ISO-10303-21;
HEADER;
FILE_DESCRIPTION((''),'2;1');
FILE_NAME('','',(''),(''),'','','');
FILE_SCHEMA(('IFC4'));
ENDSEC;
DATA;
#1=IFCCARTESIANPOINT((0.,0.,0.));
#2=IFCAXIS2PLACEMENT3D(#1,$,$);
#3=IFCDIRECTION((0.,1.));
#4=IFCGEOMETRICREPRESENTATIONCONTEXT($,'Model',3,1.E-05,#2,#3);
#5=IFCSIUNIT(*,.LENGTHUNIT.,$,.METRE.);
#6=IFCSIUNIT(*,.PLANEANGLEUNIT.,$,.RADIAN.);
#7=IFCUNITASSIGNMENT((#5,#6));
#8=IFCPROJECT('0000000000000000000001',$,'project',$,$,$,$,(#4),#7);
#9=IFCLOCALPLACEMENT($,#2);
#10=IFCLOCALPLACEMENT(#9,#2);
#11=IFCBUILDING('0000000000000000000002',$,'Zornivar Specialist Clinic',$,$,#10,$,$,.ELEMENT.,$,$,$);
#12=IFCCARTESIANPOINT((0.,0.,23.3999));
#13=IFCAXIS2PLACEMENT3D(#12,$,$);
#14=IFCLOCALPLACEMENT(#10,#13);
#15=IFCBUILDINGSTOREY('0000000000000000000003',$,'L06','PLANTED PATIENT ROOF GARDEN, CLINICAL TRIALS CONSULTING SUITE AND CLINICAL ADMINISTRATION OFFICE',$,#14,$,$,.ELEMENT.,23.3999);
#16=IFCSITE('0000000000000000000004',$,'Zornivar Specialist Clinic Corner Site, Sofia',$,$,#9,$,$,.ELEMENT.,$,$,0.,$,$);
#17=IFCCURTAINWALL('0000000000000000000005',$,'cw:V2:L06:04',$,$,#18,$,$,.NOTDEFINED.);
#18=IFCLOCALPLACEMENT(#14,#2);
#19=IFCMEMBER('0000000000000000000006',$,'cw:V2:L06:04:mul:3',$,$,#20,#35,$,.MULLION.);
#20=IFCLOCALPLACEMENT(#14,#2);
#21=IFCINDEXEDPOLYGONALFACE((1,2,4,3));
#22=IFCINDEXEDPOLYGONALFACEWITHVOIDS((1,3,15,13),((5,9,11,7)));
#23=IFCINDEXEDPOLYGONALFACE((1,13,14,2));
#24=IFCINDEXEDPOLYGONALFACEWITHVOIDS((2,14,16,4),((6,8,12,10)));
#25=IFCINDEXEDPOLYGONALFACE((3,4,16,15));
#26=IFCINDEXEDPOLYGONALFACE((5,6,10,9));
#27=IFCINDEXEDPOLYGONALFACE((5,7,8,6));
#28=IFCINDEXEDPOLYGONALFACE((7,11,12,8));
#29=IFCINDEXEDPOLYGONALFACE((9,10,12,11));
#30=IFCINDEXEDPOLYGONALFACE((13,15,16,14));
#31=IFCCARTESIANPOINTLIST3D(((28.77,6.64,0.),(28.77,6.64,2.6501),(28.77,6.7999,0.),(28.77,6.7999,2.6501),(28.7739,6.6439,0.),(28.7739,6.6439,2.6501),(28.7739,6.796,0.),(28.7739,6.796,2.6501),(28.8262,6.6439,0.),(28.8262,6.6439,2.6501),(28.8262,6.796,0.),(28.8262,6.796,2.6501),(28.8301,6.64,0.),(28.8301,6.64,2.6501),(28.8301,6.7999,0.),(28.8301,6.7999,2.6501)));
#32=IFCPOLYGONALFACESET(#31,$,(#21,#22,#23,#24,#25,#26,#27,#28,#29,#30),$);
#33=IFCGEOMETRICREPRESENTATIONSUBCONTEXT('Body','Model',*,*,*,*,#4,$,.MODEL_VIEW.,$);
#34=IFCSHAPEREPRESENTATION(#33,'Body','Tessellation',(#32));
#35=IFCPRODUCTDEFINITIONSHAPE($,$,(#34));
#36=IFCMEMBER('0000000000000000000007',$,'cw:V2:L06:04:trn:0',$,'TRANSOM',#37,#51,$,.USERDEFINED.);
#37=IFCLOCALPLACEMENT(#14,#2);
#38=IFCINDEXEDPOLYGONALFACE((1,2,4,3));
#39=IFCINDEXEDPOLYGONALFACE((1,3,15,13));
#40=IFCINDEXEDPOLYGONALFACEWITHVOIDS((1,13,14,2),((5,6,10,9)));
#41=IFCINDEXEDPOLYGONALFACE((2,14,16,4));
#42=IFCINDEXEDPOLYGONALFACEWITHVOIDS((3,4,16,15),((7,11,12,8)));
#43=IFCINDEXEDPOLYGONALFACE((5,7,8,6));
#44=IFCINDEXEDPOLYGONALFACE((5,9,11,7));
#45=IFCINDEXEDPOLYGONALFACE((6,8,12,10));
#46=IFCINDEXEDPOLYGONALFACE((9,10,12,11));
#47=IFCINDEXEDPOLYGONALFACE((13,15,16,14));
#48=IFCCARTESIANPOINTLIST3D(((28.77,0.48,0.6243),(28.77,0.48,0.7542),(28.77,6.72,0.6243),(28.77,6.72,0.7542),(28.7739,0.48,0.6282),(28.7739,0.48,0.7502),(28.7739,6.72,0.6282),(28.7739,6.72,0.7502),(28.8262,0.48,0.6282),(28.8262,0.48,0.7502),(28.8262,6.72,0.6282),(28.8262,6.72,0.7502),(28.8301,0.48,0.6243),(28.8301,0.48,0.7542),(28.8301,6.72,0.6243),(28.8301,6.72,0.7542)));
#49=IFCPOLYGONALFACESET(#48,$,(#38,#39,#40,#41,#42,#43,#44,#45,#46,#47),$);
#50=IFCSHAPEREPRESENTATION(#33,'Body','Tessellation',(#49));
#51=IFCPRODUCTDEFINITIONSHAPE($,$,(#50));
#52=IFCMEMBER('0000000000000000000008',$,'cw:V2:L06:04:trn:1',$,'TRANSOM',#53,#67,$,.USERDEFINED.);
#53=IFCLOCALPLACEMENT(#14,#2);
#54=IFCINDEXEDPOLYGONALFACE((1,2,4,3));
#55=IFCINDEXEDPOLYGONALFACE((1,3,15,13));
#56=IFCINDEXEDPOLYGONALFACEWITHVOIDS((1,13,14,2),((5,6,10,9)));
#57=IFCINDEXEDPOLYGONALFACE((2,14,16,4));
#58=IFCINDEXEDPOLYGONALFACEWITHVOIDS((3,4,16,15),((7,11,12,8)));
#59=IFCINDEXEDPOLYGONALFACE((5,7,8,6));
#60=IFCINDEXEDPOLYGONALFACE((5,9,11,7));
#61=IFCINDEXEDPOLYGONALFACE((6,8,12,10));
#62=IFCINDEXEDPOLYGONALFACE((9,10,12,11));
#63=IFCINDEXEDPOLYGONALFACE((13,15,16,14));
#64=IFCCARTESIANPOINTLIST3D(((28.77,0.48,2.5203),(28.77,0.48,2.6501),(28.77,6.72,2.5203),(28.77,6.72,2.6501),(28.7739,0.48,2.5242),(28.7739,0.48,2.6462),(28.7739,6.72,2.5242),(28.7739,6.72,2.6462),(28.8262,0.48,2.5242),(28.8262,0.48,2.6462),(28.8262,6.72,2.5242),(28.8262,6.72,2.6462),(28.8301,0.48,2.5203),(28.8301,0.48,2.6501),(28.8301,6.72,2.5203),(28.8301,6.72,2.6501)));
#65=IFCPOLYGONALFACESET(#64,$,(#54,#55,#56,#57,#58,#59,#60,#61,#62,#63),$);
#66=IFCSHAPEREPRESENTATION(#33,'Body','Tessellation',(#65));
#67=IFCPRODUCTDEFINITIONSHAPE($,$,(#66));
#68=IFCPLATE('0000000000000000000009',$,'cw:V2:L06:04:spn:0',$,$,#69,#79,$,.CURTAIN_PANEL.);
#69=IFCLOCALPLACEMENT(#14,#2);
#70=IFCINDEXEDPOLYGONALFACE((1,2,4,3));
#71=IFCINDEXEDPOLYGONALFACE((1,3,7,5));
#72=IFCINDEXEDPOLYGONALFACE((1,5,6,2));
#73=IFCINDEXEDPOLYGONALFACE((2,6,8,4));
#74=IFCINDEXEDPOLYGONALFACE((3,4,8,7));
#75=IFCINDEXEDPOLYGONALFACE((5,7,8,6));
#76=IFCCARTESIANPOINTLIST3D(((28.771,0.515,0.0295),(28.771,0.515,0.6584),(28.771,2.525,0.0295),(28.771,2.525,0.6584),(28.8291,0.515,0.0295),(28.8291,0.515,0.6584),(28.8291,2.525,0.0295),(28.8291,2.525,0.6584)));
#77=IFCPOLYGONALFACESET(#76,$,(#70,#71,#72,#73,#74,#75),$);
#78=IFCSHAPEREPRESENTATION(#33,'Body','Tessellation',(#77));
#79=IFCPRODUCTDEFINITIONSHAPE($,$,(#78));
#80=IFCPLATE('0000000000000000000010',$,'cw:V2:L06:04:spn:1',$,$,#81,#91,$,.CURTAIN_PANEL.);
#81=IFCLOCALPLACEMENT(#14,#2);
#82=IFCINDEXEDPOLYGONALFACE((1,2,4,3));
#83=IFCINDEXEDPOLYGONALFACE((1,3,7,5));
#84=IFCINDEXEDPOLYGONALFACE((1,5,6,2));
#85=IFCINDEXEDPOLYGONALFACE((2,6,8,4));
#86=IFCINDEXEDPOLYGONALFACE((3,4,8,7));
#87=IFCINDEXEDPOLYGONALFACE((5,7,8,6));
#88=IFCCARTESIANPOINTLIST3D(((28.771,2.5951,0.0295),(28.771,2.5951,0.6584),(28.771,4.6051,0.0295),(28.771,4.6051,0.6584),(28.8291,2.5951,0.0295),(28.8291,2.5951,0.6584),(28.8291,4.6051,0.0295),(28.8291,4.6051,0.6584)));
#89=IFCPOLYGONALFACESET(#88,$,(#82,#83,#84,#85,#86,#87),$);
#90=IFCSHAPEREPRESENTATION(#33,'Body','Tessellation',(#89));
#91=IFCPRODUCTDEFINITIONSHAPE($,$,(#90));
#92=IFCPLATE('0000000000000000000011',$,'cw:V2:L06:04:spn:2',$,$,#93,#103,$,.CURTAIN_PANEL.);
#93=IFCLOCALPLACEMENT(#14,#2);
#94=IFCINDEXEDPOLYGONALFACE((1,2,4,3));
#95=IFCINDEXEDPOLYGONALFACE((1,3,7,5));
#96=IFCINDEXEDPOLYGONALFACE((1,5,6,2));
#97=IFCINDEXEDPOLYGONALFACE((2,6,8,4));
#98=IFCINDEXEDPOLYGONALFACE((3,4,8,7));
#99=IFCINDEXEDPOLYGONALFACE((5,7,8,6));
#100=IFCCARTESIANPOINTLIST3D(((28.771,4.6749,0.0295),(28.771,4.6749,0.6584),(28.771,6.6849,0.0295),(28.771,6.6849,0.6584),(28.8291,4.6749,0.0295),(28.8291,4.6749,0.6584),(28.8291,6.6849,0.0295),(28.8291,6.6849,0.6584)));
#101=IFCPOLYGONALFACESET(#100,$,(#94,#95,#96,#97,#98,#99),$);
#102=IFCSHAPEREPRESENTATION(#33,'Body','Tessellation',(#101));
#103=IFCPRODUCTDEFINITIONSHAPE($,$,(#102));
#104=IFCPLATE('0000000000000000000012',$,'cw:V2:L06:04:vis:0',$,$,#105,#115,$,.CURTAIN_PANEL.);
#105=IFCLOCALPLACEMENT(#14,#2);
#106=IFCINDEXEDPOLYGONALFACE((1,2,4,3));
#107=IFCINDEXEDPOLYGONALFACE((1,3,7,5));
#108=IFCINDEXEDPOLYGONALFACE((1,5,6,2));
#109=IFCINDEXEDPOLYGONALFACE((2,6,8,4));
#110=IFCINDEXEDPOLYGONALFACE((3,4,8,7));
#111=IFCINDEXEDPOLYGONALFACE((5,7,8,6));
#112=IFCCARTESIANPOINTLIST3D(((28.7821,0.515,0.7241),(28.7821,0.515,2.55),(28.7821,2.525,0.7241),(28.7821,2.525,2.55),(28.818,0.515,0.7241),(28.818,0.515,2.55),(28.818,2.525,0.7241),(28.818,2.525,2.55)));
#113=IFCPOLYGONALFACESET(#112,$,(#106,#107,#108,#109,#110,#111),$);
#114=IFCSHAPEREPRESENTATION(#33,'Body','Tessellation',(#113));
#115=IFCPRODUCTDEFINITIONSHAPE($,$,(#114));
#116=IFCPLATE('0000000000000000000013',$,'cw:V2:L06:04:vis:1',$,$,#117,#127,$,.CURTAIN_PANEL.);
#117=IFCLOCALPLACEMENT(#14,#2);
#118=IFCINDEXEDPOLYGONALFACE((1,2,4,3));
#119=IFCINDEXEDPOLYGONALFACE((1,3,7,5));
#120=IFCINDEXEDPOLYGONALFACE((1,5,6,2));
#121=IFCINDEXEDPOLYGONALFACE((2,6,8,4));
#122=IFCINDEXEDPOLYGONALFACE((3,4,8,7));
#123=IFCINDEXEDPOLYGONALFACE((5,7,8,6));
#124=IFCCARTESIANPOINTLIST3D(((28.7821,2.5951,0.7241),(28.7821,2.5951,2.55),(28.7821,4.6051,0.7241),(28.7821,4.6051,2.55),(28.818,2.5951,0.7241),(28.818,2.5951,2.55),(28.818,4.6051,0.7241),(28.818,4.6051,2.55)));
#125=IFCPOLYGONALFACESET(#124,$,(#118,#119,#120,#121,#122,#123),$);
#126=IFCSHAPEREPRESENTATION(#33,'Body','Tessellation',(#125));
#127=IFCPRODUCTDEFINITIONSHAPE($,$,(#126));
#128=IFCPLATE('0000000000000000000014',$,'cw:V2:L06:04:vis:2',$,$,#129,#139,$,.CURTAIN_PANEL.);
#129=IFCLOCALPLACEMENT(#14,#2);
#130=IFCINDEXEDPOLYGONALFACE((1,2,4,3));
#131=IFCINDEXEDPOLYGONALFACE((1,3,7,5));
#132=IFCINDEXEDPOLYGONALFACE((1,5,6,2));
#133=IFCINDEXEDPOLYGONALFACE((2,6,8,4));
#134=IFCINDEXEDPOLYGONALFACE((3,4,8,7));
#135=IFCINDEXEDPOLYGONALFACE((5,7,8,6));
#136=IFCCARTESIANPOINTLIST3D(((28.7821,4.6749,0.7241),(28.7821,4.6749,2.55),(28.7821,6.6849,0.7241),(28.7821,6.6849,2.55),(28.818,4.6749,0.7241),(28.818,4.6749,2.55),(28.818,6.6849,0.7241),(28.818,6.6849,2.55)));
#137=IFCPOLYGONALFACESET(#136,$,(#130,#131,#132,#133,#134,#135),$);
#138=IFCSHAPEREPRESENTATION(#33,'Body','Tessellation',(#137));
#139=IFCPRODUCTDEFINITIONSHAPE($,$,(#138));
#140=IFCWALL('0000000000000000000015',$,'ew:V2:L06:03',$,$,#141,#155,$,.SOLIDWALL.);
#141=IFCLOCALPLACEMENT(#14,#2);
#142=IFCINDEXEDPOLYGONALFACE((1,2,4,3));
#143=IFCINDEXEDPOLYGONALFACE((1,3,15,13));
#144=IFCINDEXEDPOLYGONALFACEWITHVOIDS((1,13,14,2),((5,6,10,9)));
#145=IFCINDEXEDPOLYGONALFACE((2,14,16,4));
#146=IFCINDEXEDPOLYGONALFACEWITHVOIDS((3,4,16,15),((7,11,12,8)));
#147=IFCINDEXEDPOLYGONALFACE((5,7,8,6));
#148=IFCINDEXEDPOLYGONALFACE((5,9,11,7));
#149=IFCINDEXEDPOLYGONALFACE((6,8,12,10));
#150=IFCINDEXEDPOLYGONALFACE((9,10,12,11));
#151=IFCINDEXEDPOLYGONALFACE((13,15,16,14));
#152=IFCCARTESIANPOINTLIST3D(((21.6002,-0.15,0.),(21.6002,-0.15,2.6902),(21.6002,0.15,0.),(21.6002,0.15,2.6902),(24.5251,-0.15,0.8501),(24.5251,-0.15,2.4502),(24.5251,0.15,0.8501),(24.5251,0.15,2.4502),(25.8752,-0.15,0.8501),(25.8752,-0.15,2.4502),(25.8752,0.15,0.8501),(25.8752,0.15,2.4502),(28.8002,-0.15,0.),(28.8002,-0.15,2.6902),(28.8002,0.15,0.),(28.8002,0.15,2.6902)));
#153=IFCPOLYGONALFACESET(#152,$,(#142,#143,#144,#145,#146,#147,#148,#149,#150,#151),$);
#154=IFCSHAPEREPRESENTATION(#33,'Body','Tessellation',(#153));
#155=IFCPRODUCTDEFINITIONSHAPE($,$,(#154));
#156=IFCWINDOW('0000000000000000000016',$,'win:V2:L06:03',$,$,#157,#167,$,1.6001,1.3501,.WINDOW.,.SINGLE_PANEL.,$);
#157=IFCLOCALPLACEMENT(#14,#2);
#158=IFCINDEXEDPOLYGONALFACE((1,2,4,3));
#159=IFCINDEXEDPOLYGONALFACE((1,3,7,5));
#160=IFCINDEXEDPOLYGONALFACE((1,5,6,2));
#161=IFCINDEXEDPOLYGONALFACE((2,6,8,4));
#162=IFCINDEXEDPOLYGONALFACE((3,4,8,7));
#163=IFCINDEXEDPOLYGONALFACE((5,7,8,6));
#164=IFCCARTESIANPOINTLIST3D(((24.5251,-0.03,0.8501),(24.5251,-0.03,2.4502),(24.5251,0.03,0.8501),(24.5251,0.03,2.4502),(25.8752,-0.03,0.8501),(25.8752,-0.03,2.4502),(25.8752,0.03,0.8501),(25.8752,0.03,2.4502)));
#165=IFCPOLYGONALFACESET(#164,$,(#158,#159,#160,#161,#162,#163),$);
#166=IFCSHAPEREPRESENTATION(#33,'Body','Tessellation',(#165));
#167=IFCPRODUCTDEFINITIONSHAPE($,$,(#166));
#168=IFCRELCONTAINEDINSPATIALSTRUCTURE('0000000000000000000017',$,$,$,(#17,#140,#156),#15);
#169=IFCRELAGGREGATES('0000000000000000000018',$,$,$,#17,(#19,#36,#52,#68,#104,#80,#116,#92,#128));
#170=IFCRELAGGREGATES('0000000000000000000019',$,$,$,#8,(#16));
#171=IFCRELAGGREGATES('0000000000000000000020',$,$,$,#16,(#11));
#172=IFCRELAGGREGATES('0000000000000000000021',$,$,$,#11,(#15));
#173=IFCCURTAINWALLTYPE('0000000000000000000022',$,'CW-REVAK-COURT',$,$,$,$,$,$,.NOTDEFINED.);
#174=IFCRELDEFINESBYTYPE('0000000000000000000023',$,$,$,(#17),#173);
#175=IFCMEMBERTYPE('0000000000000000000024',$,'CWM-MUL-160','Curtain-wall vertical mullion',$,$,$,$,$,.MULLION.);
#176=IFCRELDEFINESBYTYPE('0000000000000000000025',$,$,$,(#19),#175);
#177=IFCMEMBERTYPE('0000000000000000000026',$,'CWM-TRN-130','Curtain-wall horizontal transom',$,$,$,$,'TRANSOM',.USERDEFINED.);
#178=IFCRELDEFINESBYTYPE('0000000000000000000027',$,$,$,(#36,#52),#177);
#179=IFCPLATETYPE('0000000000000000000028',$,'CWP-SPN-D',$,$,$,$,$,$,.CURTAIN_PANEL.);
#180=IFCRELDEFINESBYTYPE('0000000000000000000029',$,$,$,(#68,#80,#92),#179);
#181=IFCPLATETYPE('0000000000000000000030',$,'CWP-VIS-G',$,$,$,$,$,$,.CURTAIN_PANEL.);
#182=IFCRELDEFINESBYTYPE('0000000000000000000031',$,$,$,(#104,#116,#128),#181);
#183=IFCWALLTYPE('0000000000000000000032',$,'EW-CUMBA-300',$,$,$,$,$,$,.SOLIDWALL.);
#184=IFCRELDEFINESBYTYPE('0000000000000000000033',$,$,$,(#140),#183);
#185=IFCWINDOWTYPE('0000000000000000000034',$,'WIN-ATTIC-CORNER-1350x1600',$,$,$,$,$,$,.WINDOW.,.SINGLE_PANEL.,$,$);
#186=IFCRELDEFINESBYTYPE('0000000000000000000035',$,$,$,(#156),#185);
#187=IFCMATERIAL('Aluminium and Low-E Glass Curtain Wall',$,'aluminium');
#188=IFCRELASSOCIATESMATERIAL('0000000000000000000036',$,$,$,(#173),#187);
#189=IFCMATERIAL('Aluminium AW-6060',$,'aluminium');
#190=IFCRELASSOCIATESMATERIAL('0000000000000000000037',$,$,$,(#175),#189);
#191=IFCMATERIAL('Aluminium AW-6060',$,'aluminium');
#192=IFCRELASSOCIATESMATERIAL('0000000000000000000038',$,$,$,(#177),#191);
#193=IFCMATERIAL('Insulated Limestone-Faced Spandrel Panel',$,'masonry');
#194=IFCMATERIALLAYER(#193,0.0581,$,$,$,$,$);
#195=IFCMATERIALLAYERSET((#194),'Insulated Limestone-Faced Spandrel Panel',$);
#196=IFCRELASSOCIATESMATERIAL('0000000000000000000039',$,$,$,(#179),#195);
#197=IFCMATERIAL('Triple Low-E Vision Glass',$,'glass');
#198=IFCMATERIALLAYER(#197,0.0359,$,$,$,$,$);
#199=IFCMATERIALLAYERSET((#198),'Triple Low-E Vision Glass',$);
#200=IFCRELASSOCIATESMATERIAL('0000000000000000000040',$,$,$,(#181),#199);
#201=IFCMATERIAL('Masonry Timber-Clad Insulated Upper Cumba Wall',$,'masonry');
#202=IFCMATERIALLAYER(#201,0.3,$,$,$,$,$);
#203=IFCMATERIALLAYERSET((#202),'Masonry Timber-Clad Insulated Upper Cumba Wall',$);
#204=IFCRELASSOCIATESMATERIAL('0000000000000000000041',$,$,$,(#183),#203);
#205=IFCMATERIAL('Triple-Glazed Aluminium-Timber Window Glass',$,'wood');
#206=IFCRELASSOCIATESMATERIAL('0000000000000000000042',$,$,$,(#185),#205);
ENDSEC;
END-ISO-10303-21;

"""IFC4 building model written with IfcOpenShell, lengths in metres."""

from ifc_helpers import new_model, si_unit, direction, frame, frame_2d, origin, origin_2d, place, context, subcontext, project, spatial, rectangle, hollow_rectangle, extrude, material, layer, layer_set, material_profile, profile_set, type_object, element, fill, aggregate, save


model = new_model("IFC4")

# Units and contexts
model_context = context("Model", 3, precision=1e-05, world=origin(), true_north=direction((0.0, 1.0)))
body_context = subcontext(model_context, "Body", "Model", "MODEL_VIEW")
ifc_project = project(units=[si_unit("LENGTHUNIT", "METRE"), si_unit("PLANEANGLEUNIT", "RADIAN")], contexts=[model_context])

# Site, building, storey
site_placement = place(None, origin())
site = spatial("IfcSite", under=ifc_project, at=site_placement, Name="Zornivar Specialist Clinic Corner Site, Sofia", CompositionType="ELEMENT", RefElevation=0.0)
building_placement = place(site_placement, origin())
building = spatial("IfcBuilding", under=site, at=building_placement, Name="Zornivar Specialist Clinic", CompositionType="ELEMENT")
storey_placement = place(building_placement, frame((0.0, 0.0, 23.3999)))
storey = spatial("IfcBuildingStorey", under=building, at=storey_placement, Name="L06", Description="PLANTED PATIENT ROOF GARDEN, CLINICAL TRIALS CONSULTING SUITE AND CLINICAL ADMINISTRATION OFFICE", CompositionType="ELEMENT", Elevation=23.3999)

# Curtain wall, members, plates
ifc_material_1 = material(Name="Aluminium and Low-E Glass Curtain Wall", Category="aluminium")
curtain_wall_type = type_object("IfcCurtainWallType", Name="CW-REVAK-COURT", PredefinedType="NOTDEFINED", material=ifc_material_1)
curtain_wall_placement = place(storey_placement, origin())
curtain_wall = element("IfcCurtainWall", 1, at=curtain_wall_placement, inside=storey, type_object=curtain_wall_type, Name="cw:V2:L06:04", PredefinedType="NOTDEFINED")
ifc_material_2 = material(Name="Aluminium AW-6060", Category="aluminium")
ifc_material_profile_1 = material_profile(ifc_material_2, hollow_rectangle(XDim=0.0601, YDim=0.1599, WallThickness=0.0039, at=origin_2d()), Name="ALU 60x160x4")
ifc_profile_set_1 = profile_set([ifc_material_profile_1], Name="Aluminium AW-6060")
member_type_1 = type_object("IfcMemberType", Name="CWM-MUL-160", Description="Curtain-wall vertical mullion", PredefinedType="MULLION", material=ifc_profile_set_1)
member_1_placement = place(storey_placement, frame((28.8, 6.72, 0.0), z_axis=(0.0, 0.0, 1.0), x_axis=(1.0, 0.0, 0.0)))
member_1 = element("IfcMember", 2, at=member_1_placement, type_object=member_type_1, Name="cw:V2:L06:04:mul:3", PredefinedType="MULLION", context=body_context, shape_type="SweptSolid", body=[
    extrude(hollow_rectangle(XDim=0.0601, YDim=0.1599, WallThickness=0.0039, at=origin_2d()), origin(), (0.0, 0.0, 1.0), 2.6501),
])
ifc_material_3 = material(Name="Aluminium AW-6060", Category="aluminium")
ifc_material_profile_2 = material_profile(ifc_material_3, hollow_rectangle(XDim=0.0601, YDim=0.1299, WallThickness=0.0039, at=origin_2d()), Name="ALU 60x130x4")
ifc_profile_set_2 = profile_set([ifc_material_profile_2], Name="Aluminium AW-6060")
member_type_2 = type_object("IfcMemberType", Name="CWM-TRN-130", Description="Curtain-wall horizontal transom", ElementType="TRANSOM", PredefinedType="USERDEFINED", material=ifc_profile_set_2)
member_2_placement = place(storey_placement, frame((28.8, 0.48, 0.6892), z_axis=(0.0, 1.0, 0.0), x_axis=(-1.0, 0.0, 0.0)))
member_2 = element("IfcMember", 3, at=member_2_placement, type_object=member_type_2, Name="cw:V2:L06:04:trn:0", ObjectType="TRANSOM", PredefinedType="USERDEFINED", context=body_context, shape_type="SweptSolid", body=[
    extrude(hollow_rectangle(XDim=0.0601, YDim=0.1299, WallThickness=0.0039, at=origin_2d()), origin(), (0.0, 0.0, 1.0), 6.24),
])
member_3_placement = place(storey_placement, frame((28.8, 0.48, 2.5852), z_axis=(0.0, 1.0, 0.0), x_axis=(-1.0, 0.0, 0.0)))
member_3 = element("IfcMember", 4, at=member_3_placement, type_object=member_type_2, Name="cw:V2:L06:04:trn:1", ObjectType="TRANSOM", PredefinedType="USERDEFINED", context=body_context, shape_type="SweptSolid", body=[
    extrude(hollow_rectangle(XDim=0.0601, YDim=0.1299, WallThickness=0.0039, at=origin_2d()), origin(), (0.0, 0.0, 1.0), 6.24),
])
ifc_material_4 = material(Name="Insulated Limestone-Faced Spandrel Panel", Category="masonry")
ifc_layer_1 = layer(ifc_material_4, 0.0581)
ifc_layer_set_1 = layer_set([ifc_layer_1], Name="Insulated Limestone-Faced Spandrel Panel")
plate_type_1 = type_object("IfcPlateType", Name="CWP-SPN-D", PredefinedType="CURTAIN_PANEL", material=ifc_layer_set_1)
plate_1_placement = place(storey_placement, frame((28.8, 1.52, 0.0295), z_axis=(0.0, 0.0, 1.0), x_axis=(0.0, 1.0, 0.0)))
plate_1 = element("IfcPlate", 5, at=plate_1_placement, type_object=plate_type_1, Name="cw:V2:L06:04:spn:0", PredefinedType="CURTAIN_PANEL", context=body_context, shape_type="SweptSolid", body=[
    extrude(rectangle(XDim=2.01, YDim=0.0581, at=origin_2d()), origin(), (0.0, 0.0, 1.0), 0.6289),
])
plate_2_placement = place(storey_placement, frame((28.8, 3.6001, 0.0295), z_axis=(0.0, 0.0, 1.0), x_axis=(0.0, 1.0, 0.0)))
plate_2 = element("IfcPlate", 6, at=plate_2_placement, type_object=plate_type_1, Name="cw:V2:L06:04:spn:1", PredefinedType="CURTAIN_PANEL", context=body_context, shape_type="SweptSolid", body=[
    extrude(rectangle(XDim=2.01, YDim=0.0581, at=origin_2d()), origin(), (0.0, 0.0, 1.0), 0.6289),
])
plate_3_placement = place(storey_placement, frame((28.8, 5.6799, 0.0295), z_axis=(0.0, 0.0, 1.0), x_axis=(0.0, 1.0, 0.0)))
plate_3 = element("IfcPlate", 7, at=plate_3_placement, type_object=plate_type_1, Name="cw:V2:L06:04:spn:2", PredefinedType="CURTAIN_PANEL", context=body_context, shape_type="SweptSolid", body=[
    extrude(rectangle(XDim=2.01, YDim=0.0581, at=origin_2d()), origin(), (0.0, 0.0, 1.0), 0.6289),
])
ifc_material_5 = material(Name="Triple Low-E Vision Glass", Category="glass")
ifc_layer_2 = layer(ifc_material_5, 0.0359)
ifc_layer_set_2 = layer_set([ifc_layer_2], Name="Triple Low-E Vision Glass")
plate_type_2 = type_object("IfcPlateType", Name="CWP-VIS-G", PredefinedType="CURTAIN_PANEL", material=ifc_layer_set_2)
plate_4_placement = place(storey_placement, frame((28.8, 1.52, 0.7241), z_axis=(0.0, 0.0, 1.0), x_axis=(0.0, 1.0, 0.0)))
plate_4 = element("IfcPlate", 8, at=plate_4_placement, type_object=plate_type_2, Name="cw:V2:L06:04:vis:0", PredefinedType="CURTAIN_PANEL", context=body_context, shape_type="SweptSolid", body=[
    extrude(rectangle(XDim=2.01, YDim=0.0359, at=origin_2d()), origin(), (0.0, 0.0, 1.0), 1.8259),
])
plate_5_placement = place(storey_placement, frame((28.8, 3.6001, 0.7241), z_axis=(0.0, 0.0, 1.0), x_axis=(0.0, 1.0, 0.0)))
plate_5 = element("IfcPlate", 9, at=plate_5_placement, type_object=plate_type_2, Name="cw:V2:L06:04:vis:1", PredefinedType="CURTAIN_PANEL", context=body_context, shape_type="SweptSolid", body=[
    extrude(rectangle(XDim=2.01, YDim=0.0359, at=origin_2d()), origin(), (0.0, 0.0, 1.0), 1.8259),
])
plate_6_placement = place(storey_placement, frame((28.8, 5.6799, 0.7241), z_axis=(0.0, 0.0, 1.0), x_axis=(0.0, 1.0, 0.0)))
plate_6 = element("IfcPlate", 10, at=plate_6_placement, type_object=plate_type_2, Name="cw:V2:L06:04:vis:2", PredefinedType="CURTAIN_PANEL", context=body_context, shape_type="SweptSolid", body=[
    extrude(rectangle(XDim=2.01, YDim=0.0359, at=origin_2d()), origin(), (0.0, 0.0, 1.0), 1.8259),
])
aggregate(curtain_wall, [member_1, member_2, member_3, plate_1, plate_4, plate_2, plate_5, plate_3, plate_6])

# Wall, opening, window
ifc_material_6 = material(Name="Masonry Timber-Clad Insulated Upper Cumba Wall", Category="masonry")
ifc_layer_3 = layer(ifc_material_6, 0.3)
ifc_layer_set_3 = layer_set([ifc_layer_3], Name="Masonry Timber-Clad Insulated Upper Cumba Wall")
wall_type_1 = type_object("IfcWallType", Name="EW-CUMBA-300", PredefinedType="SOLIDWALL", material=ifc_layer_set_3)
wall_1_placement = place(storey_placement, frame((21.6001, 0.0, 0.0), z_axis=(0.0, 0.0, 1.0), x_axis=(1.0, 0.0, 0.0)))
wall_1 = element("IfcWall", 11, at=wall_1_placement, inside=storey, type_object=wall_type_1, Name="ew:V2:L06:03", PredefinedType="SOLIDWALL", context=body_context, shape_type="SweptSolid", body=[
    extrude(rectangle(XDim=7.2, YDim=0.3, at=frame_2d((3.6001, 0.0))), origin(), (0.0, 0.0, 1.0), 2.6902),
])
opening_1_placement = place(wall_1_placement, frame((2.925, 0.0, 0.8501)))
opening_1 = element("IfcOpeningElement", 12, at=opening_1_placement, cuts=wall_1, PredefinedType="OPENING", context=body_context, shape_type="SweptSolid", body=[
    extrude(rectangle(XDim=1.3501, YDim=1.6001, at=frame_2d((0.675, 0.8))), frame((0.0, 0.1599, 0.0), z_axis=(0.0, -1.0, 0.0), x_axis=(1.0, 0.0, 0.0)), (0.0, 0.0, 1.0), 0.3201),
])
ifc_material_7 = material(Name="Triple-Glazed Aluminium-Timber Window Glass", Category="wood")
window_type = type_object("IfcWindowType", Name="WIN-ATTIC-CORNER-1350x1600", PartitioningType="SINGLE_PANEL", PredefinedType="WINDOW", material=ifc_material_7)
window_placement = place(opening_1_placement, origin())
window = element("IfcWindow", 13, at=window_placement, inside=storey, type_object=window_type, Name="win:V2:L06:03", OverallHeight=1.6001, OverallWidth=1.3501, PartitioningType="SINGLE_PANEL", PredefinedType="WINDOW", context=body_context, shape_type="SweptSolid", body=[
    extrude(rectangle(XDim=1.3501, YDim=1.6001, at=frame_2d((0.675, 0.8))), frame((0.0, 0.03, 0.0), z_axis=(0.0, -1.0, 0.0), x_axis=(1.0, 0.0, 0.0)), (0.0, 0.0, 1.0), 0.0601),
])
fill(opening_1, window)

save(model, "model.ifc")
